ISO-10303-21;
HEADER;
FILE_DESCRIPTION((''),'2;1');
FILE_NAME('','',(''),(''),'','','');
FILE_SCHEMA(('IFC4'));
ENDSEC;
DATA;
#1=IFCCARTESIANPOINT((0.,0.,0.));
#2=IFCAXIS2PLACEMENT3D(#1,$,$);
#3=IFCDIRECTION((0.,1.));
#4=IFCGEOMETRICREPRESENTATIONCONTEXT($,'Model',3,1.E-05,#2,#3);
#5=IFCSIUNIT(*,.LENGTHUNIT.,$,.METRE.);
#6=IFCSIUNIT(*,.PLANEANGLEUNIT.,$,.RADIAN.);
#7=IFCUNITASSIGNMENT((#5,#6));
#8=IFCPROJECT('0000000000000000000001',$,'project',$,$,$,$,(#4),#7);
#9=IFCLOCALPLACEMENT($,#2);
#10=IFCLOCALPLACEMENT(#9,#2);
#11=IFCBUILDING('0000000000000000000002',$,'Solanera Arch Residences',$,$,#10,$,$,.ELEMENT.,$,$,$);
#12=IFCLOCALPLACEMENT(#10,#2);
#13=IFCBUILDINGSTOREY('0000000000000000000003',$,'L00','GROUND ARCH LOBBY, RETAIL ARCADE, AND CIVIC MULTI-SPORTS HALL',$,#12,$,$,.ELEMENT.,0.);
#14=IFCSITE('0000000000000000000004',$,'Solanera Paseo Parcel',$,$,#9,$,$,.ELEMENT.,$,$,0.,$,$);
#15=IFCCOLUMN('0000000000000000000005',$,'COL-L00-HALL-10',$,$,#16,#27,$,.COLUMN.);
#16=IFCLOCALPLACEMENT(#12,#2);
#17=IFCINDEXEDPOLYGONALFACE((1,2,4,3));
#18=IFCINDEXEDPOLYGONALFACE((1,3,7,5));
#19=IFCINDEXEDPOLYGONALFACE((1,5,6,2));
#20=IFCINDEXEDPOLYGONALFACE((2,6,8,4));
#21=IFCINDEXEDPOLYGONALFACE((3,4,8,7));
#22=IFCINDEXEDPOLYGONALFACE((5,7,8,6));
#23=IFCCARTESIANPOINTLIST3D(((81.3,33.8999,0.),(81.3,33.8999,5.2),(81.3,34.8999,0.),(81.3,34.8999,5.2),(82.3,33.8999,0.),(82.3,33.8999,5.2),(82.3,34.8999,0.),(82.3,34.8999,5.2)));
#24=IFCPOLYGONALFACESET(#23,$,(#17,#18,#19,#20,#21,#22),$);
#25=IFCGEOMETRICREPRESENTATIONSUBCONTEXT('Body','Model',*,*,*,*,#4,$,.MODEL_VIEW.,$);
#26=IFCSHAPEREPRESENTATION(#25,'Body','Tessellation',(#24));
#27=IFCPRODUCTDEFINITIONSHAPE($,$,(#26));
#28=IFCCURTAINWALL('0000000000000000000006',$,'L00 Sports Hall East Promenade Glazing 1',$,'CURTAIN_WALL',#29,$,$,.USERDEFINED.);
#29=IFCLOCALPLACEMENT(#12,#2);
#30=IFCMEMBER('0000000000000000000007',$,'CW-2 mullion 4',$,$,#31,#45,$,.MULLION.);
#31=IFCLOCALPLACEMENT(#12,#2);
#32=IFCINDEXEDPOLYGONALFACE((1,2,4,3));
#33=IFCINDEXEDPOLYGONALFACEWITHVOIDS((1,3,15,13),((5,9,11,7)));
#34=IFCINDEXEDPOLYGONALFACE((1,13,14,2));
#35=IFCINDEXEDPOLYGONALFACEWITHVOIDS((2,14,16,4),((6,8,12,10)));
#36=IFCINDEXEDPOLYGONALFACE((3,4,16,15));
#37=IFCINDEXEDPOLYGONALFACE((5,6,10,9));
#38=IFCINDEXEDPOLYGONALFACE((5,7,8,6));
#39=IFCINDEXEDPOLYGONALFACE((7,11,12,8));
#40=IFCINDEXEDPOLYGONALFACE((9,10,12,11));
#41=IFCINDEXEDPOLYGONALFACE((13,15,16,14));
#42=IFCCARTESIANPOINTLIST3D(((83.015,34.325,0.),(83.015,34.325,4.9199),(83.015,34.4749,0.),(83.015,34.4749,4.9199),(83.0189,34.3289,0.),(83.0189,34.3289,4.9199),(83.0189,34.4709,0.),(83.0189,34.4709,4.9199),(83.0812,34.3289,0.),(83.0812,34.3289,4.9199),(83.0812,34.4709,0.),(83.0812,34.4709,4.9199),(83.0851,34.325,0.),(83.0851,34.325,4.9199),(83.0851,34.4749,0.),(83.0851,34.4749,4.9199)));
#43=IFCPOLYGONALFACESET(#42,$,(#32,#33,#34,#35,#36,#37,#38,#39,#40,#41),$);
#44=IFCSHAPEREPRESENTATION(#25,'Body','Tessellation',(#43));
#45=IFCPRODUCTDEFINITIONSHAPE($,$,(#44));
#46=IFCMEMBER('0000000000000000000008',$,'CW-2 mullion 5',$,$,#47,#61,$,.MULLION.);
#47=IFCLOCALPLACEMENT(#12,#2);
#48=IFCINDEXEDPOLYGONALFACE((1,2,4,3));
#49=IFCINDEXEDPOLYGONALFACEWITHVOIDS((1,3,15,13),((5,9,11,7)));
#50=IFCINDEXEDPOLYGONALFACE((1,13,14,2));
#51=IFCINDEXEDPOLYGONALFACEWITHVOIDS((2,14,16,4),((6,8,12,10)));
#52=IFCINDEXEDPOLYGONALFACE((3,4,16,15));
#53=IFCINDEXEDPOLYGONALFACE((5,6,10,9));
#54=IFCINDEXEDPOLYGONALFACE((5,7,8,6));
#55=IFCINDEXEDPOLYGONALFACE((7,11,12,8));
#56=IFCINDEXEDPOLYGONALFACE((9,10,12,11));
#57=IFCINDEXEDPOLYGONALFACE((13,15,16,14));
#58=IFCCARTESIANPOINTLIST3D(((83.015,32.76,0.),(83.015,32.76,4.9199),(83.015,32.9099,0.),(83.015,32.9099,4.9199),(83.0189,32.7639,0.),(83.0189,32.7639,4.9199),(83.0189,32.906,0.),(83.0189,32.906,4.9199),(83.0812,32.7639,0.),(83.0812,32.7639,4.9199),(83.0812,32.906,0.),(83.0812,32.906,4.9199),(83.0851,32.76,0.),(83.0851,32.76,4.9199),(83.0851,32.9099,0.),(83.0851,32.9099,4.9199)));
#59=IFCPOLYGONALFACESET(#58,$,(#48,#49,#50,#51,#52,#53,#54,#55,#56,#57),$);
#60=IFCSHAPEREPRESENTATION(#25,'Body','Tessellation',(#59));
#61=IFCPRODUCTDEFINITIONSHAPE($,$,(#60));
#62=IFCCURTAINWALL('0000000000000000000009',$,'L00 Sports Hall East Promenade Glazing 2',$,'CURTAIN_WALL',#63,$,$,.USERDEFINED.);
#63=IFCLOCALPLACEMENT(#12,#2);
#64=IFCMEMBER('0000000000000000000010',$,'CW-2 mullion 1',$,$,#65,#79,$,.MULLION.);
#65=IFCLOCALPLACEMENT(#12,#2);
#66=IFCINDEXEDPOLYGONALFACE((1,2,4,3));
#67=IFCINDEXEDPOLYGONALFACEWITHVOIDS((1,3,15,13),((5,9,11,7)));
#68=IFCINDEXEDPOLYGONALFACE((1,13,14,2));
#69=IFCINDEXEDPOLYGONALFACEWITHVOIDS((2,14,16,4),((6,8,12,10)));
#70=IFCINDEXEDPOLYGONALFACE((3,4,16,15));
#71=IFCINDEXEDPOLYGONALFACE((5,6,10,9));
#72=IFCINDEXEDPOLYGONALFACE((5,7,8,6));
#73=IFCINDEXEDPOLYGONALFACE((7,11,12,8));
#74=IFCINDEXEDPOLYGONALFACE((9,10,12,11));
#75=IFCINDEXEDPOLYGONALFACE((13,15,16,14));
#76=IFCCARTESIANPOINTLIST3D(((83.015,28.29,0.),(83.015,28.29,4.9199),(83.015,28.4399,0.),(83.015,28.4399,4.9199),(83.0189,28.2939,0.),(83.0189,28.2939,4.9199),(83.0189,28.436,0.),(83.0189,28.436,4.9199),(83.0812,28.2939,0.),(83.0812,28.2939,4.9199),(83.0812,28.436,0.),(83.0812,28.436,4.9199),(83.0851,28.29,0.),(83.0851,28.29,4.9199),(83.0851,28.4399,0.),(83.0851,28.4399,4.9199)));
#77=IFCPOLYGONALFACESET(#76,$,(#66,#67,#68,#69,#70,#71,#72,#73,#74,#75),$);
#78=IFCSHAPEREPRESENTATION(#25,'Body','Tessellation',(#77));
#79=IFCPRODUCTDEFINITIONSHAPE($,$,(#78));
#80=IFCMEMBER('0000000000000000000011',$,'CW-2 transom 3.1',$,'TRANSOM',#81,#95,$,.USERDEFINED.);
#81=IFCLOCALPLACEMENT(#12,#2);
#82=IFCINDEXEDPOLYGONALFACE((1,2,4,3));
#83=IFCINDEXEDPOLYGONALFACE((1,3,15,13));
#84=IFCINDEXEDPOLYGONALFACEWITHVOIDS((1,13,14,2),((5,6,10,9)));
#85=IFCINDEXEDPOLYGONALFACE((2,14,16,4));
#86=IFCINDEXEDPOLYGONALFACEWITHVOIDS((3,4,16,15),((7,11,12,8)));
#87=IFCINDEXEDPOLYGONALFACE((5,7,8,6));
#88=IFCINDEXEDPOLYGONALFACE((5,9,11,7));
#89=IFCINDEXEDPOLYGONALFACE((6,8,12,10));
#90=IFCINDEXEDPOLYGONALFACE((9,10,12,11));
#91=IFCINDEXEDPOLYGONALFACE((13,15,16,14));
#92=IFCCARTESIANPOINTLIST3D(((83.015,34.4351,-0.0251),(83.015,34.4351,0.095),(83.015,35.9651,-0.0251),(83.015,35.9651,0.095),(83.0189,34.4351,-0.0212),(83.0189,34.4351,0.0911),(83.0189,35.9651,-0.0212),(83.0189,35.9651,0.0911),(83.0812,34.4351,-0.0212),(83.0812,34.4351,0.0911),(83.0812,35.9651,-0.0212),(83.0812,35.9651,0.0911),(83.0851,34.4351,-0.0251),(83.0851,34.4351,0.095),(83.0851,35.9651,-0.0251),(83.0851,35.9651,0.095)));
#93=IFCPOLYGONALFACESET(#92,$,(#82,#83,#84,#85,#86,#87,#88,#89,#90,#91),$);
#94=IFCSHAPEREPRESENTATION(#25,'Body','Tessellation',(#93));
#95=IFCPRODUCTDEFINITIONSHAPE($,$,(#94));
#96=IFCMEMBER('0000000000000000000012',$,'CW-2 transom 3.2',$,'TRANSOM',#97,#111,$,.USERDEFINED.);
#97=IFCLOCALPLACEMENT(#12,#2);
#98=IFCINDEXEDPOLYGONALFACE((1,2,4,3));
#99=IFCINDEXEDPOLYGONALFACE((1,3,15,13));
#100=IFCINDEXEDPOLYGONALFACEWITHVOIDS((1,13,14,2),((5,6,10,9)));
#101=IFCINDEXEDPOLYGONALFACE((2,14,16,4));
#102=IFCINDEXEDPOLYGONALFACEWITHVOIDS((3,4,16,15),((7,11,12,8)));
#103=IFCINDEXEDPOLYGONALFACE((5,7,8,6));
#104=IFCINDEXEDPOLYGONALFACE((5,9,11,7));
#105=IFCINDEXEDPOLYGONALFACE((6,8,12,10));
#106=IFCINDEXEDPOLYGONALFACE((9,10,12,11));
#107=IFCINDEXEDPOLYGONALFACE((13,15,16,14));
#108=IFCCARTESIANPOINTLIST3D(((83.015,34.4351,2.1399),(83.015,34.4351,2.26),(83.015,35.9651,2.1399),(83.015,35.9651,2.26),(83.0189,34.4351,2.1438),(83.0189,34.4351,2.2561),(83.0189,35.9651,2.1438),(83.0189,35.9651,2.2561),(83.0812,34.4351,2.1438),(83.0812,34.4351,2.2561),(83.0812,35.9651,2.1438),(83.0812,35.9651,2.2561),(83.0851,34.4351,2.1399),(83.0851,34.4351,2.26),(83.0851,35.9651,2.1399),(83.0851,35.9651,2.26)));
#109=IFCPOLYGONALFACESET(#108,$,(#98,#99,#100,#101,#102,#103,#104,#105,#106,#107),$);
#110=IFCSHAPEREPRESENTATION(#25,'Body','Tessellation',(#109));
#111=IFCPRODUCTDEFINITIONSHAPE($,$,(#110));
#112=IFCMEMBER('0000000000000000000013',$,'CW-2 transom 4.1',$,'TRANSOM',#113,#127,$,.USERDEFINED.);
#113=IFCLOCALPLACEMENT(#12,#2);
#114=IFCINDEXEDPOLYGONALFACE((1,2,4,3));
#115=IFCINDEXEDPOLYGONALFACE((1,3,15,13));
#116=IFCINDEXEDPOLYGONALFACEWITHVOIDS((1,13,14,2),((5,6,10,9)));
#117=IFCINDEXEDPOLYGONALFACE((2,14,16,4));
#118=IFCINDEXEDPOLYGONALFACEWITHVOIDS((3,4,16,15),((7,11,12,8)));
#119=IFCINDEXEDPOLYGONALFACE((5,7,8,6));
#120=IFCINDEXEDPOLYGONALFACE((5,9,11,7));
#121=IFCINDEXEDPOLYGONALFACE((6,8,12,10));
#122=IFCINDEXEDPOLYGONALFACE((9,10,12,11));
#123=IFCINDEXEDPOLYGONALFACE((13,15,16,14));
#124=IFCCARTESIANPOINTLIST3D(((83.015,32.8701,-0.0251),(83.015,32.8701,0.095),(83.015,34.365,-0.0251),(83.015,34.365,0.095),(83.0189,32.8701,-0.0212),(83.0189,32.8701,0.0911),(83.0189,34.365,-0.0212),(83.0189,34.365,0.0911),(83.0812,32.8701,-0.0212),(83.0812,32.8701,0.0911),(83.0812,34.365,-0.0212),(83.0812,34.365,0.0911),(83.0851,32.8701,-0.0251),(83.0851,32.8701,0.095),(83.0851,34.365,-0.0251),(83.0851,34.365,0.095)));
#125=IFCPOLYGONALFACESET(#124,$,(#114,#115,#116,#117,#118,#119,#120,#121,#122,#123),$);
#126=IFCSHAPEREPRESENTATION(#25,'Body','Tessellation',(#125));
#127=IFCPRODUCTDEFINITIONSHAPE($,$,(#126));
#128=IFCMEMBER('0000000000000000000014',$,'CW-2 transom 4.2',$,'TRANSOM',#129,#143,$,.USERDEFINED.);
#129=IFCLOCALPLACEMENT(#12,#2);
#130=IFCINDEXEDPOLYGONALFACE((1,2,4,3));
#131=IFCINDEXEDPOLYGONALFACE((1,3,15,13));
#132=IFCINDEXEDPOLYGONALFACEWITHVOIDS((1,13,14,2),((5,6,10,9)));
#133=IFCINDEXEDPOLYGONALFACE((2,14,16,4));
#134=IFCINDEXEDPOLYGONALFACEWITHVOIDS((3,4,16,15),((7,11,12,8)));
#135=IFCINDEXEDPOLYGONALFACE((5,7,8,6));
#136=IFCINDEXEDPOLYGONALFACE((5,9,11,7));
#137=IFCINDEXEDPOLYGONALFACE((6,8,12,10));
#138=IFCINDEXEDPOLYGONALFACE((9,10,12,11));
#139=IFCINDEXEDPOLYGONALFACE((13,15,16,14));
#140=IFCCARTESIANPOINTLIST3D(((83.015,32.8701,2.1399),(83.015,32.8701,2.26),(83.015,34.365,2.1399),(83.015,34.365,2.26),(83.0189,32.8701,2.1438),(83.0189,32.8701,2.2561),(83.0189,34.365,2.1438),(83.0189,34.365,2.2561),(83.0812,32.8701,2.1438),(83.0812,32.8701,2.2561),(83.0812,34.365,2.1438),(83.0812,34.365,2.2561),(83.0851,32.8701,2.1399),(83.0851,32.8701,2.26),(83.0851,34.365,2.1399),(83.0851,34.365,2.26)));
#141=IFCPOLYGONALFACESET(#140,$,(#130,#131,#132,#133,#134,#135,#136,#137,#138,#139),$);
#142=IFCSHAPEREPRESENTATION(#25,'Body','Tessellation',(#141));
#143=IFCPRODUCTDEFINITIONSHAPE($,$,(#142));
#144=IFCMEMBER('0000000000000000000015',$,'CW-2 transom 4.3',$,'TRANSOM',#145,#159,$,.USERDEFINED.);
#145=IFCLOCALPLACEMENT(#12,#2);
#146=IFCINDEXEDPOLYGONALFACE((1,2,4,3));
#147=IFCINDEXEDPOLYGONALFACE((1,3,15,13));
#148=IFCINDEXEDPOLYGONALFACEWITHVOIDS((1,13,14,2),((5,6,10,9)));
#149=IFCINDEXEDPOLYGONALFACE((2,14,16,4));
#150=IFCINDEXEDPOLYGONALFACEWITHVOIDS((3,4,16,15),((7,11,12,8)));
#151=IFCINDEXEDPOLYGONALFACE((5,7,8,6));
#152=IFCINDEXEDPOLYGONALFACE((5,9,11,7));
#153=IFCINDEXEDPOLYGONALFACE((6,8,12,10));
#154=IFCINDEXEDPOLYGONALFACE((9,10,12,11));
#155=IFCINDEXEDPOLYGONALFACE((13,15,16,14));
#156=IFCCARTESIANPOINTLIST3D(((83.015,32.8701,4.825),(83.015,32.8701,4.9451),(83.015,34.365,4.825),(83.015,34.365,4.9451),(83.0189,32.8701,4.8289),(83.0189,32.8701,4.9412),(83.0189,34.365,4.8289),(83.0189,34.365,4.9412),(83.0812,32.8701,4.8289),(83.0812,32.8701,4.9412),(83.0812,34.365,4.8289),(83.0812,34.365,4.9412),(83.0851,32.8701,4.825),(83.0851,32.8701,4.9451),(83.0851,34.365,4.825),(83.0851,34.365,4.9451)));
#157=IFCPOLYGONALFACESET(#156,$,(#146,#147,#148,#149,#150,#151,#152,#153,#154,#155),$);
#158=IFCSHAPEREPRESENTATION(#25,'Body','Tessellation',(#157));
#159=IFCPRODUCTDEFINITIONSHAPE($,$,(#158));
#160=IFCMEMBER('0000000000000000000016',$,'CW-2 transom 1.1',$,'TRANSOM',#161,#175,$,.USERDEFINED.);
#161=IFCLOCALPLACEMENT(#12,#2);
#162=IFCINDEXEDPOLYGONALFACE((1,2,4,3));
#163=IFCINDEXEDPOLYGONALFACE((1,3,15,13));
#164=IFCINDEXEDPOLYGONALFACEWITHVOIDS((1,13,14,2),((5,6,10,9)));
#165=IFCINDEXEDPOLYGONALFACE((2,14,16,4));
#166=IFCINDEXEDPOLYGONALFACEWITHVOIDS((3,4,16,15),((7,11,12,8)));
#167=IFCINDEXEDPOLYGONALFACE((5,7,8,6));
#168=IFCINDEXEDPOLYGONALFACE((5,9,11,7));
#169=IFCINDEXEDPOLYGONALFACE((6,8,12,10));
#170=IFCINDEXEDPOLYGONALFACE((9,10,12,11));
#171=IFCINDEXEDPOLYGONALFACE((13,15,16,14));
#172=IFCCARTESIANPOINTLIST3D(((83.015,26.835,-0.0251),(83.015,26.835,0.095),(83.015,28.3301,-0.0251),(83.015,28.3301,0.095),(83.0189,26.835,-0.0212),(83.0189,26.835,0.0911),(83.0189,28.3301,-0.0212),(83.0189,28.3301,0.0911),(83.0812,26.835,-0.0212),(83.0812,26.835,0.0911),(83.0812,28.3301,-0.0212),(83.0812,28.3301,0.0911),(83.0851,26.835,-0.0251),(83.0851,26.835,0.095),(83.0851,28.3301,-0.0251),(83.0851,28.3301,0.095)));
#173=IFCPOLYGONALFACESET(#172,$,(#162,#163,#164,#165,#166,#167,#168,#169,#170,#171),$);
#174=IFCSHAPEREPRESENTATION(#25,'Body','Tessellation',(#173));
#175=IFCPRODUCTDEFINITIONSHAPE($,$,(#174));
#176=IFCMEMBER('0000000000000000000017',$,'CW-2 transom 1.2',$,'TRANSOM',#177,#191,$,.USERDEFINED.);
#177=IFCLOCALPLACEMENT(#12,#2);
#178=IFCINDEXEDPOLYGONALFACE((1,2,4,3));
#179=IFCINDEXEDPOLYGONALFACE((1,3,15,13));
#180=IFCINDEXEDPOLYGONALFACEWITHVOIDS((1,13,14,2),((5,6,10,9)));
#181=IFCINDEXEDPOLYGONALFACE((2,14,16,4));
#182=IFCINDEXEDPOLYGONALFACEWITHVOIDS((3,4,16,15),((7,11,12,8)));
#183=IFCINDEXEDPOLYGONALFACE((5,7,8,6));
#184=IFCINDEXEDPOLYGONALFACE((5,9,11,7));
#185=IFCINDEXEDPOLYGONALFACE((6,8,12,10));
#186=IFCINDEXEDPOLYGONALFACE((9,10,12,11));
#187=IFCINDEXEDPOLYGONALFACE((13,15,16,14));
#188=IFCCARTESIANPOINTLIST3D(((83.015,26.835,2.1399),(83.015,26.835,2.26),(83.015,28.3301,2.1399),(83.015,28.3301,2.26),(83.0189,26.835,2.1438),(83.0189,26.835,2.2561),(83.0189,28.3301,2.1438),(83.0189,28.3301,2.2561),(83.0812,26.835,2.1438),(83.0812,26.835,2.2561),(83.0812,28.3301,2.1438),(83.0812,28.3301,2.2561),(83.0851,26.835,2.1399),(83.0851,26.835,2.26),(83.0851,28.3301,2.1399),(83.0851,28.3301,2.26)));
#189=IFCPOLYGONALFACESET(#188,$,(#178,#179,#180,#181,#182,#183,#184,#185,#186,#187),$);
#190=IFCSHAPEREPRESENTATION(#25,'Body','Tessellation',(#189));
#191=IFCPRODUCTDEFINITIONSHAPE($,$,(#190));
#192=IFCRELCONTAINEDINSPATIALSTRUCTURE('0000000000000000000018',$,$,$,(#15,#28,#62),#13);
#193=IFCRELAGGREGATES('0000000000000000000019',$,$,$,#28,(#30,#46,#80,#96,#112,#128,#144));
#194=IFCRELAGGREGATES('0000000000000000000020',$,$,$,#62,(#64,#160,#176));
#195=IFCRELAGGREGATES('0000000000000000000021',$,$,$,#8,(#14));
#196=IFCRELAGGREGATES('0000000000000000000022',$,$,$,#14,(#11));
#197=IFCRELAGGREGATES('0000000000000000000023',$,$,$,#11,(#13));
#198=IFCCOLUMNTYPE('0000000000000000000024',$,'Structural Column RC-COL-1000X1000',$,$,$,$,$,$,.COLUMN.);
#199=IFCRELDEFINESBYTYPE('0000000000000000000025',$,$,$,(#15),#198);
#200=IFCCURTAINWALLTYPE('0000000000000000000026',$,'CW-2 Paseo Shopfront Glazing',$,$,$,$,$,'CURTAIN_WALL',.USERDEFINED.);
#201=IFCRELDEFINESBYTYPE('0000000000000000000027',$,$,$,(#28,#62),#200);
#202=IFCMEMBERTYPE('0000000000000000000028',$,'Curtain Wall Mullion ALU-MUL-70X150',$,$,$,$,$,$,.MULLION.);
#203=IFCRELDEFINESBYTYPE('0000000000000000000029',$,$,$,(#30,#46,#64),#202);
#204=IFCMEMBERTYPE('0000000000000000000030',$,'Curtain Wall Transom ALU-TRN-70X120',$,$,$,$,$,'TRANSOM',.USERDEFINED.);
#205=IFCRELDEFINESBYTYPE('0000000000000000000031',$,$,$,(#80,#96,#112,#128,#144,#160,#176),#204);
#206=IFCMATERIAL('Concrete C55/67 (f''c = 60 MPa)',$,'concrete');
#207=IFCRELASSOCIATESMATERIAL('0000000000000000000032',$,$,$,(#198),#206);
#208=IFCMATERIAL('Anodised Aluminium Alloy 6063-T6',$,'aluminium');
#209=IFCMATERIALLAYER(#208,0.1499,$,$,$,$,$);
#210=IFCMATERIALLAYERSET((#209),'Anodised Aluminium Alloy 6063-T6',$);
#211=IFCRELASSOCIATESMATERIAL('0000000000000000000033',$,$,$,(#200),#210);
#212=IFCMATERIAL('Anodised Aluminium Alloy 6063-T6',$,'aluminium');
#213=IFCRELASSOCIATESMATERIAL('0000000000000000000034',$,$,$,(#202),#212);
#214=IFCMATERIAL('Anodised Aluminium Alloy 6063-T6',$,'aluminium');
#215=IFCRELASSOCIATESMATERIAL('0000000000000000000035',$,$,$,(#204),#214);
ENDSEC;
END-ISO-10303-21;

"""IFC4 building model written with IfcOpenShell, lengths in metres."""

from ifc_helpers import new_model, si_unit, direction, frame, origin, origin_2d, place, context, subcontext, project, spatial, rectangle, hollow_rectangle, extrude, material, layer, layer_set, material_profile, profile_set, type_object, element, aggregate, save


model = new_model("IFC4")

# Units and contexts
model_context = context("Model", 3, precision=1e-05, world=origin(), true_north=direction((0.0, 1.0)))
body_context = subcontext(model_context, "Body", "Model", "MODEL_VIEW")
ifc_project = project(units=[si_unit("LENGTHUNIT", "METRE"), si_unit("PLANEANGLEUNIT", "RADIAN")], contexts=[model_context])

# Site, building, storey
site_placement = place(None, origin())
site = spatial("IfcSite", under=ifc_project, at=site_placement, Name="Solanera Paseo Parcel", CompositionType="ELEMENT", RefElevation=0.0)
building_placement = place(site_placement, origin())
building = spatial("IfcBuilding", under=site, at=building_placement, Name="Solanera Arch Residences", CompositionType="ELEMENT")
storey_placement = place(building_placement, origin())
storey = spatial("IfcBuildingStorey", under=building, at=storey_placement, Name="L00", Description="GROUND ARCH LOBBY, RETAIL ARCADE, AND CIVIC MULTI-SPORTS HALL", CompositionType="ELEMENT", Elevation=0.0)

# Column
ifc_material_1 = material(Name="Concrete C55/67 (f'c = 60 MPa)", Category="concrete")
ifc_material_profile_1 = material_profile(ifc_material_1, rectangle(XDim=1.0, YDim=1.0, at=origin_2d()))
ifc_profile_set_1 = profile_set([ifc_material_profile_1], Name="Concrete C55/67 (f'c = 60 MPa)")
column_type = type_object("IfcColumnType", Name="Structural Column RC-COL-1000X1000", PredefinedType="COLUMN", material=ifc_profile_set_1)
column_placement = place(storey_placement, frame((81.8, 34.3999, 0.0), z_axis=(0.0, 0.0, 1.0), x_axis=(1.0, 0.0, 0.0)))
element("IfcColumn", 1, at=column_placement, inside=storey, type_object=column_type, Name="COL-L00-HALL-10", PredefinedType="COLUMN", context=body_context, shape_type="SweptSolid", body=[
    extrude(rectangle(XDim=1.0, YDim=1.0, at=origin_2d()), origin(), (0.0, 0.0, 1.0), 5.2),
])

# Curtain wall, members
ifc_material_2 = material(Name="Anodised Aluminium Alloy 6063-T6", Category="aluminium")
ifc_layer_1 = layer(ifc_material_2, 0.1499)
ifc_layer_set_1 = layer_set([ifc_layer_1], Name="Anodised Aluminium Alloy 6063-T6")
curtain_wall_type = type_object("IfcCurtainWallType", Name="CW-2 Paseo Shopfront Glazing", ElementType="CURTAIN_WALL", PredefinedType="USERDEFINED", material=ifc_layer_set_1)
curtain_wall_1_placement = place(storey_placement, origin())
curtain_wall_1 = element("IfcCurtainWall", 2, at=curtain_wall_1_placement, inside=storey, type_object=curtain_wall_type, Name="L00 Sports Hall East Promenade Glazing 1", ObjectType="CURTAIN_WALL", PredefinedType="USERDEFINED")
ifc_material_3 = material(Name="Anodised Aluminium Alloy 6063-T6", Category="aluminium")
ifc_material_profile_2 = material_profile(ifc_material_3, hollow_rectangle(XDim=0.0701, YDim=0.1499, WallThickness=0.0039, at=origin_2d()))
ifc_profile_set_2 = profile_set([ifc_material_profile_2], Name="Anodised Aluminium Alloy 6063-T6")
member_type_1 = type_object("IfcMemberType", Name="Curtain Wall Mullion ALU-MUL-70X150", PredefinedType="MULLION", material=ifc_profile_set_2)
member_1_placement = place(storey_placement, frame((83.05, 34.3999, 0.0), z_axis=(0.0, 0.0, 1.0), x_axis=(1.0, 0.0, 0.0)))
member_1 = element("IfcMember", 3, at=member_1_placement, type_object=member_type_1, Name="CW-2 mullion 4", PredefinedType="MULLION", context=body_context, shape_type="SweptSolid", body=[
    extrude(hollow_rectangle(XDim=0.0701, YDim=0.1499, WallThickness=0.0039, at=origin_2d()), origin(), (0.0, 0.0, 1.0), 4.9199),
])
member_2_placement = place(storey_placement, frame((83.05, 32.835, 0.0), z_axis=(0.0, 0.0, 1.0), x_axis=(1.0, 0.0, 0.0)))
member_2 = element("IfcMember", 4, at=member_2_placement, type_object=member_type_1, Name="CW-2 mullion 5", PredefinedType="MULLION", context=body_context, shape_type="SweptSolid", body=[
    extrude(hollow_rectangle(XDim=0.0701, YDim=0.1499, WallThickness=0.0039, at=origin_2d()), origin(), (0.0, 0.0, 1.0), 4.9199),
])

# Curtain wall, member
curtain_wall_2_placement = place(storey_placement, origin())
curtain_wall_2 = element("IfcCurtainWall", 5, at=curtain_wall_2_placement, inside=storey, type_object=curtain_wall_type, Name="L00 Sports Hall East Promenade Glazing 2", ObjectType="CURTAIN_WALL", PredefinedType="USERDEFINED")
member_3_placement = place(storey_placement, frame((83.05, 28.365, 0.0), z_axis=(0.0, 0.0, 1.0), x_axis=(1.0, 0.0, 0.0)))
member_3 = element("IfcMember", 6, at=member_3_placement, type_object=member_type_1, Name="CW-2 mullion 1", PredefinedType="MULLION", context=body_context, shape_type="SweptSolid", body=[
    extrude(hollow_rectangle(XDim=0.0701, YDim=0.1499, WallThickness=0.0039, at=origin_2d()), origin(), (0.0, 0.0, 1.0), 4.9199),
])

# Members
ifc_material_4 = material(Name="Anodised Aluminium Alloy 6063-T6", Category="aluminium")
ifc_material_profile_3 = material_profile(ifc_material_4, hollow_rectangle(XDim=0.0701, YDim=0.1201, WallThickness=0.0039, at=origin_2d()))
ifc_profile_set_3 = profile_set([ifc_material_profile_3], Name="Anodised Aluminium Alloy 6063-T6")
member_type_2 = type_object("IfcMemberType", Name="Curtain Wall Transom ALU-TRN-70X120", ElementType="TRANSOM", PredefinedType="USERDEFINED", material=ifc_profile_set_3)
member_4_placement = place(storey_placement, frame((83.05, 35.9651, 0.0349), z_axis=(0.0, -1.0, 0.0), x_axis=(1.0, 0.0, 0.0)))
member_4 = element("IfcMember", 7, at=member_4_placement, type_object=member_type_2, Name="CW-2 transom 3.1", ObjectType="TRANSOM", PredefinedType="USERDEFINED", context=body_context, shape_type="SweptSolid", body=[
    extrude(hollow_rectangle(XDim=0.0701, YDim=0.1201, WallThickness=0.0039, at=origin_2d()), origin(), (0.0, 0.0, 1.0), 1.53),
])
member_5_placement = place(storey_placement, frame((83.05, 35.9651, 2.2), z_axis=(0.0, -1.0, 0.0), x_axis=(1.0, 0.0, 0.0)))
member_5 = element("IfcMember", 8, at=member_5_placement, type_object=member_type_2, Name="CW-2 transom 3.2", ObjectType="TRANSOM", PredefinedType="USERDEFINED", context=body_context, shape_type="SweptSolid", body=[
    extrude(hollow_rectangle(XDim=0.0701, YDim=0.1201, WallThickness=0.0039, at=origin_2d()), origin(), (0.0, 0.0, 1.0), 1.53),
])
member_6_placement = place(storey_placement, frame((83.05, 34.365, 0.0349), z_axis=(0.0, -1.0, 0.0), x_axis=(1.0, 0.0, 0.0)))
member_6 = element("IfcMember", 9, at=member_6_placement, type_object=member_type_2, Name="CW-2 transom 4.1", ObjectType="TRANSOM", PredefinedType="USERDEFINED", context=body_context, shape_type="SweptSolid", body=[
    extrude(hollow_rectangle(XDim=0.0701, YDim=0.1201, WallThickness=0.0039, at=origin_2d()), origin(), (0.0, 0.0, 1.0), 1.4949),
])
member_7_placement = place(storey_placement, frame((83.05, 34.365, 2.2), z_axis=(0.0, -1.0, 0.0), x_axis=(1.0, 0.0, 0.0)))
member_7 = element("IfcMember", 10, at=member_7_placement, type_object=member_type_2, Name="CW-2 transom 4.2", ObjectType="TRANSOM", PredefinedType="USERDEFINED", context=body_context, shape_type="SweptSolid", body=[
    extrude(hollow_rectangle(XDim=0.0701, YDim=0.1201, WallThickness=0.0039, at=origin_2d()), origin(), (0.0, 0.0, 1.0), 1.4949),
])
member_8_placement = place(storey_placement, frame((83.05, 34.365, 4.885), z_axis=(0.0, -1.0, 0.0), x_axis=(1.0, 0.0, 0.0)))
member_8 = element("IfcMember", 11, at=member_8_placement, type_object=member_type_2, Name="CW-2 transom 4.3", ObjectType="TRANSOM", PredefinedType="USERDEFINED", context=body_context, shape_type="SweptSolid", body=[
    extrude(hollow_rectangle(XDim=0.0701, YDim=0.1201, WallThickness=0.0039, at=origin_2d()), origin(), (0.0, 0.0, 1.0), 1.4949),
])
member_9_placement = place(storey_placement, frame((83.05, 28.3301, 0.0349), z_axis=(0.0, -1.0, 0.0), x_axis=(1.0, 0.0, 0.0)))
member_9 = element("IfcMember", 12, at=member_9_placement, type_object=member_type_2, Name="CW-2 transom 1.1", ObjectType="TRANSOM", PredefinedType="USERDEFINED", context=body_context, shape_type="SweptSolid", body=[
    extrude(hollow_rectangle(XDim=0.0701, YDim=0.1201, WallThickness=0.0039, at=origin_2d()), origin(), (0.0, 0.0, 1.0), 1.4951),
])
member_10_placement = place(storey_placement, frame((83.05, 28.3301, 2.2), z_axis=(0.0, -1.0, 0.0), x_axis=(1.0, 0.0, 0.0)))
member_10 = element("IfcMember", 13, at=member_10_placement, type_object=member_type_2, Name="CW-2 transom 1.2", ObjectType="TRANSOM", PredefinedType="USERDEFINED", context=body_context, shape_type="SweptSolid", body=[
    extrude(hollow_rectangle(XDim=0.0701, YDim=0.1201, WallThickness=0.0039, at=origin_2d()), origin(), (0.0, 0.0, 1.0), 1.4951),
])

aggregate(curtain_wall_1, [member_1, member_2, member_4, member_5, member_6, member_7, member_8])
aggregate(curtain_wall_2, [member_3, member_9, member_10])

save(model, "model.ifc")
